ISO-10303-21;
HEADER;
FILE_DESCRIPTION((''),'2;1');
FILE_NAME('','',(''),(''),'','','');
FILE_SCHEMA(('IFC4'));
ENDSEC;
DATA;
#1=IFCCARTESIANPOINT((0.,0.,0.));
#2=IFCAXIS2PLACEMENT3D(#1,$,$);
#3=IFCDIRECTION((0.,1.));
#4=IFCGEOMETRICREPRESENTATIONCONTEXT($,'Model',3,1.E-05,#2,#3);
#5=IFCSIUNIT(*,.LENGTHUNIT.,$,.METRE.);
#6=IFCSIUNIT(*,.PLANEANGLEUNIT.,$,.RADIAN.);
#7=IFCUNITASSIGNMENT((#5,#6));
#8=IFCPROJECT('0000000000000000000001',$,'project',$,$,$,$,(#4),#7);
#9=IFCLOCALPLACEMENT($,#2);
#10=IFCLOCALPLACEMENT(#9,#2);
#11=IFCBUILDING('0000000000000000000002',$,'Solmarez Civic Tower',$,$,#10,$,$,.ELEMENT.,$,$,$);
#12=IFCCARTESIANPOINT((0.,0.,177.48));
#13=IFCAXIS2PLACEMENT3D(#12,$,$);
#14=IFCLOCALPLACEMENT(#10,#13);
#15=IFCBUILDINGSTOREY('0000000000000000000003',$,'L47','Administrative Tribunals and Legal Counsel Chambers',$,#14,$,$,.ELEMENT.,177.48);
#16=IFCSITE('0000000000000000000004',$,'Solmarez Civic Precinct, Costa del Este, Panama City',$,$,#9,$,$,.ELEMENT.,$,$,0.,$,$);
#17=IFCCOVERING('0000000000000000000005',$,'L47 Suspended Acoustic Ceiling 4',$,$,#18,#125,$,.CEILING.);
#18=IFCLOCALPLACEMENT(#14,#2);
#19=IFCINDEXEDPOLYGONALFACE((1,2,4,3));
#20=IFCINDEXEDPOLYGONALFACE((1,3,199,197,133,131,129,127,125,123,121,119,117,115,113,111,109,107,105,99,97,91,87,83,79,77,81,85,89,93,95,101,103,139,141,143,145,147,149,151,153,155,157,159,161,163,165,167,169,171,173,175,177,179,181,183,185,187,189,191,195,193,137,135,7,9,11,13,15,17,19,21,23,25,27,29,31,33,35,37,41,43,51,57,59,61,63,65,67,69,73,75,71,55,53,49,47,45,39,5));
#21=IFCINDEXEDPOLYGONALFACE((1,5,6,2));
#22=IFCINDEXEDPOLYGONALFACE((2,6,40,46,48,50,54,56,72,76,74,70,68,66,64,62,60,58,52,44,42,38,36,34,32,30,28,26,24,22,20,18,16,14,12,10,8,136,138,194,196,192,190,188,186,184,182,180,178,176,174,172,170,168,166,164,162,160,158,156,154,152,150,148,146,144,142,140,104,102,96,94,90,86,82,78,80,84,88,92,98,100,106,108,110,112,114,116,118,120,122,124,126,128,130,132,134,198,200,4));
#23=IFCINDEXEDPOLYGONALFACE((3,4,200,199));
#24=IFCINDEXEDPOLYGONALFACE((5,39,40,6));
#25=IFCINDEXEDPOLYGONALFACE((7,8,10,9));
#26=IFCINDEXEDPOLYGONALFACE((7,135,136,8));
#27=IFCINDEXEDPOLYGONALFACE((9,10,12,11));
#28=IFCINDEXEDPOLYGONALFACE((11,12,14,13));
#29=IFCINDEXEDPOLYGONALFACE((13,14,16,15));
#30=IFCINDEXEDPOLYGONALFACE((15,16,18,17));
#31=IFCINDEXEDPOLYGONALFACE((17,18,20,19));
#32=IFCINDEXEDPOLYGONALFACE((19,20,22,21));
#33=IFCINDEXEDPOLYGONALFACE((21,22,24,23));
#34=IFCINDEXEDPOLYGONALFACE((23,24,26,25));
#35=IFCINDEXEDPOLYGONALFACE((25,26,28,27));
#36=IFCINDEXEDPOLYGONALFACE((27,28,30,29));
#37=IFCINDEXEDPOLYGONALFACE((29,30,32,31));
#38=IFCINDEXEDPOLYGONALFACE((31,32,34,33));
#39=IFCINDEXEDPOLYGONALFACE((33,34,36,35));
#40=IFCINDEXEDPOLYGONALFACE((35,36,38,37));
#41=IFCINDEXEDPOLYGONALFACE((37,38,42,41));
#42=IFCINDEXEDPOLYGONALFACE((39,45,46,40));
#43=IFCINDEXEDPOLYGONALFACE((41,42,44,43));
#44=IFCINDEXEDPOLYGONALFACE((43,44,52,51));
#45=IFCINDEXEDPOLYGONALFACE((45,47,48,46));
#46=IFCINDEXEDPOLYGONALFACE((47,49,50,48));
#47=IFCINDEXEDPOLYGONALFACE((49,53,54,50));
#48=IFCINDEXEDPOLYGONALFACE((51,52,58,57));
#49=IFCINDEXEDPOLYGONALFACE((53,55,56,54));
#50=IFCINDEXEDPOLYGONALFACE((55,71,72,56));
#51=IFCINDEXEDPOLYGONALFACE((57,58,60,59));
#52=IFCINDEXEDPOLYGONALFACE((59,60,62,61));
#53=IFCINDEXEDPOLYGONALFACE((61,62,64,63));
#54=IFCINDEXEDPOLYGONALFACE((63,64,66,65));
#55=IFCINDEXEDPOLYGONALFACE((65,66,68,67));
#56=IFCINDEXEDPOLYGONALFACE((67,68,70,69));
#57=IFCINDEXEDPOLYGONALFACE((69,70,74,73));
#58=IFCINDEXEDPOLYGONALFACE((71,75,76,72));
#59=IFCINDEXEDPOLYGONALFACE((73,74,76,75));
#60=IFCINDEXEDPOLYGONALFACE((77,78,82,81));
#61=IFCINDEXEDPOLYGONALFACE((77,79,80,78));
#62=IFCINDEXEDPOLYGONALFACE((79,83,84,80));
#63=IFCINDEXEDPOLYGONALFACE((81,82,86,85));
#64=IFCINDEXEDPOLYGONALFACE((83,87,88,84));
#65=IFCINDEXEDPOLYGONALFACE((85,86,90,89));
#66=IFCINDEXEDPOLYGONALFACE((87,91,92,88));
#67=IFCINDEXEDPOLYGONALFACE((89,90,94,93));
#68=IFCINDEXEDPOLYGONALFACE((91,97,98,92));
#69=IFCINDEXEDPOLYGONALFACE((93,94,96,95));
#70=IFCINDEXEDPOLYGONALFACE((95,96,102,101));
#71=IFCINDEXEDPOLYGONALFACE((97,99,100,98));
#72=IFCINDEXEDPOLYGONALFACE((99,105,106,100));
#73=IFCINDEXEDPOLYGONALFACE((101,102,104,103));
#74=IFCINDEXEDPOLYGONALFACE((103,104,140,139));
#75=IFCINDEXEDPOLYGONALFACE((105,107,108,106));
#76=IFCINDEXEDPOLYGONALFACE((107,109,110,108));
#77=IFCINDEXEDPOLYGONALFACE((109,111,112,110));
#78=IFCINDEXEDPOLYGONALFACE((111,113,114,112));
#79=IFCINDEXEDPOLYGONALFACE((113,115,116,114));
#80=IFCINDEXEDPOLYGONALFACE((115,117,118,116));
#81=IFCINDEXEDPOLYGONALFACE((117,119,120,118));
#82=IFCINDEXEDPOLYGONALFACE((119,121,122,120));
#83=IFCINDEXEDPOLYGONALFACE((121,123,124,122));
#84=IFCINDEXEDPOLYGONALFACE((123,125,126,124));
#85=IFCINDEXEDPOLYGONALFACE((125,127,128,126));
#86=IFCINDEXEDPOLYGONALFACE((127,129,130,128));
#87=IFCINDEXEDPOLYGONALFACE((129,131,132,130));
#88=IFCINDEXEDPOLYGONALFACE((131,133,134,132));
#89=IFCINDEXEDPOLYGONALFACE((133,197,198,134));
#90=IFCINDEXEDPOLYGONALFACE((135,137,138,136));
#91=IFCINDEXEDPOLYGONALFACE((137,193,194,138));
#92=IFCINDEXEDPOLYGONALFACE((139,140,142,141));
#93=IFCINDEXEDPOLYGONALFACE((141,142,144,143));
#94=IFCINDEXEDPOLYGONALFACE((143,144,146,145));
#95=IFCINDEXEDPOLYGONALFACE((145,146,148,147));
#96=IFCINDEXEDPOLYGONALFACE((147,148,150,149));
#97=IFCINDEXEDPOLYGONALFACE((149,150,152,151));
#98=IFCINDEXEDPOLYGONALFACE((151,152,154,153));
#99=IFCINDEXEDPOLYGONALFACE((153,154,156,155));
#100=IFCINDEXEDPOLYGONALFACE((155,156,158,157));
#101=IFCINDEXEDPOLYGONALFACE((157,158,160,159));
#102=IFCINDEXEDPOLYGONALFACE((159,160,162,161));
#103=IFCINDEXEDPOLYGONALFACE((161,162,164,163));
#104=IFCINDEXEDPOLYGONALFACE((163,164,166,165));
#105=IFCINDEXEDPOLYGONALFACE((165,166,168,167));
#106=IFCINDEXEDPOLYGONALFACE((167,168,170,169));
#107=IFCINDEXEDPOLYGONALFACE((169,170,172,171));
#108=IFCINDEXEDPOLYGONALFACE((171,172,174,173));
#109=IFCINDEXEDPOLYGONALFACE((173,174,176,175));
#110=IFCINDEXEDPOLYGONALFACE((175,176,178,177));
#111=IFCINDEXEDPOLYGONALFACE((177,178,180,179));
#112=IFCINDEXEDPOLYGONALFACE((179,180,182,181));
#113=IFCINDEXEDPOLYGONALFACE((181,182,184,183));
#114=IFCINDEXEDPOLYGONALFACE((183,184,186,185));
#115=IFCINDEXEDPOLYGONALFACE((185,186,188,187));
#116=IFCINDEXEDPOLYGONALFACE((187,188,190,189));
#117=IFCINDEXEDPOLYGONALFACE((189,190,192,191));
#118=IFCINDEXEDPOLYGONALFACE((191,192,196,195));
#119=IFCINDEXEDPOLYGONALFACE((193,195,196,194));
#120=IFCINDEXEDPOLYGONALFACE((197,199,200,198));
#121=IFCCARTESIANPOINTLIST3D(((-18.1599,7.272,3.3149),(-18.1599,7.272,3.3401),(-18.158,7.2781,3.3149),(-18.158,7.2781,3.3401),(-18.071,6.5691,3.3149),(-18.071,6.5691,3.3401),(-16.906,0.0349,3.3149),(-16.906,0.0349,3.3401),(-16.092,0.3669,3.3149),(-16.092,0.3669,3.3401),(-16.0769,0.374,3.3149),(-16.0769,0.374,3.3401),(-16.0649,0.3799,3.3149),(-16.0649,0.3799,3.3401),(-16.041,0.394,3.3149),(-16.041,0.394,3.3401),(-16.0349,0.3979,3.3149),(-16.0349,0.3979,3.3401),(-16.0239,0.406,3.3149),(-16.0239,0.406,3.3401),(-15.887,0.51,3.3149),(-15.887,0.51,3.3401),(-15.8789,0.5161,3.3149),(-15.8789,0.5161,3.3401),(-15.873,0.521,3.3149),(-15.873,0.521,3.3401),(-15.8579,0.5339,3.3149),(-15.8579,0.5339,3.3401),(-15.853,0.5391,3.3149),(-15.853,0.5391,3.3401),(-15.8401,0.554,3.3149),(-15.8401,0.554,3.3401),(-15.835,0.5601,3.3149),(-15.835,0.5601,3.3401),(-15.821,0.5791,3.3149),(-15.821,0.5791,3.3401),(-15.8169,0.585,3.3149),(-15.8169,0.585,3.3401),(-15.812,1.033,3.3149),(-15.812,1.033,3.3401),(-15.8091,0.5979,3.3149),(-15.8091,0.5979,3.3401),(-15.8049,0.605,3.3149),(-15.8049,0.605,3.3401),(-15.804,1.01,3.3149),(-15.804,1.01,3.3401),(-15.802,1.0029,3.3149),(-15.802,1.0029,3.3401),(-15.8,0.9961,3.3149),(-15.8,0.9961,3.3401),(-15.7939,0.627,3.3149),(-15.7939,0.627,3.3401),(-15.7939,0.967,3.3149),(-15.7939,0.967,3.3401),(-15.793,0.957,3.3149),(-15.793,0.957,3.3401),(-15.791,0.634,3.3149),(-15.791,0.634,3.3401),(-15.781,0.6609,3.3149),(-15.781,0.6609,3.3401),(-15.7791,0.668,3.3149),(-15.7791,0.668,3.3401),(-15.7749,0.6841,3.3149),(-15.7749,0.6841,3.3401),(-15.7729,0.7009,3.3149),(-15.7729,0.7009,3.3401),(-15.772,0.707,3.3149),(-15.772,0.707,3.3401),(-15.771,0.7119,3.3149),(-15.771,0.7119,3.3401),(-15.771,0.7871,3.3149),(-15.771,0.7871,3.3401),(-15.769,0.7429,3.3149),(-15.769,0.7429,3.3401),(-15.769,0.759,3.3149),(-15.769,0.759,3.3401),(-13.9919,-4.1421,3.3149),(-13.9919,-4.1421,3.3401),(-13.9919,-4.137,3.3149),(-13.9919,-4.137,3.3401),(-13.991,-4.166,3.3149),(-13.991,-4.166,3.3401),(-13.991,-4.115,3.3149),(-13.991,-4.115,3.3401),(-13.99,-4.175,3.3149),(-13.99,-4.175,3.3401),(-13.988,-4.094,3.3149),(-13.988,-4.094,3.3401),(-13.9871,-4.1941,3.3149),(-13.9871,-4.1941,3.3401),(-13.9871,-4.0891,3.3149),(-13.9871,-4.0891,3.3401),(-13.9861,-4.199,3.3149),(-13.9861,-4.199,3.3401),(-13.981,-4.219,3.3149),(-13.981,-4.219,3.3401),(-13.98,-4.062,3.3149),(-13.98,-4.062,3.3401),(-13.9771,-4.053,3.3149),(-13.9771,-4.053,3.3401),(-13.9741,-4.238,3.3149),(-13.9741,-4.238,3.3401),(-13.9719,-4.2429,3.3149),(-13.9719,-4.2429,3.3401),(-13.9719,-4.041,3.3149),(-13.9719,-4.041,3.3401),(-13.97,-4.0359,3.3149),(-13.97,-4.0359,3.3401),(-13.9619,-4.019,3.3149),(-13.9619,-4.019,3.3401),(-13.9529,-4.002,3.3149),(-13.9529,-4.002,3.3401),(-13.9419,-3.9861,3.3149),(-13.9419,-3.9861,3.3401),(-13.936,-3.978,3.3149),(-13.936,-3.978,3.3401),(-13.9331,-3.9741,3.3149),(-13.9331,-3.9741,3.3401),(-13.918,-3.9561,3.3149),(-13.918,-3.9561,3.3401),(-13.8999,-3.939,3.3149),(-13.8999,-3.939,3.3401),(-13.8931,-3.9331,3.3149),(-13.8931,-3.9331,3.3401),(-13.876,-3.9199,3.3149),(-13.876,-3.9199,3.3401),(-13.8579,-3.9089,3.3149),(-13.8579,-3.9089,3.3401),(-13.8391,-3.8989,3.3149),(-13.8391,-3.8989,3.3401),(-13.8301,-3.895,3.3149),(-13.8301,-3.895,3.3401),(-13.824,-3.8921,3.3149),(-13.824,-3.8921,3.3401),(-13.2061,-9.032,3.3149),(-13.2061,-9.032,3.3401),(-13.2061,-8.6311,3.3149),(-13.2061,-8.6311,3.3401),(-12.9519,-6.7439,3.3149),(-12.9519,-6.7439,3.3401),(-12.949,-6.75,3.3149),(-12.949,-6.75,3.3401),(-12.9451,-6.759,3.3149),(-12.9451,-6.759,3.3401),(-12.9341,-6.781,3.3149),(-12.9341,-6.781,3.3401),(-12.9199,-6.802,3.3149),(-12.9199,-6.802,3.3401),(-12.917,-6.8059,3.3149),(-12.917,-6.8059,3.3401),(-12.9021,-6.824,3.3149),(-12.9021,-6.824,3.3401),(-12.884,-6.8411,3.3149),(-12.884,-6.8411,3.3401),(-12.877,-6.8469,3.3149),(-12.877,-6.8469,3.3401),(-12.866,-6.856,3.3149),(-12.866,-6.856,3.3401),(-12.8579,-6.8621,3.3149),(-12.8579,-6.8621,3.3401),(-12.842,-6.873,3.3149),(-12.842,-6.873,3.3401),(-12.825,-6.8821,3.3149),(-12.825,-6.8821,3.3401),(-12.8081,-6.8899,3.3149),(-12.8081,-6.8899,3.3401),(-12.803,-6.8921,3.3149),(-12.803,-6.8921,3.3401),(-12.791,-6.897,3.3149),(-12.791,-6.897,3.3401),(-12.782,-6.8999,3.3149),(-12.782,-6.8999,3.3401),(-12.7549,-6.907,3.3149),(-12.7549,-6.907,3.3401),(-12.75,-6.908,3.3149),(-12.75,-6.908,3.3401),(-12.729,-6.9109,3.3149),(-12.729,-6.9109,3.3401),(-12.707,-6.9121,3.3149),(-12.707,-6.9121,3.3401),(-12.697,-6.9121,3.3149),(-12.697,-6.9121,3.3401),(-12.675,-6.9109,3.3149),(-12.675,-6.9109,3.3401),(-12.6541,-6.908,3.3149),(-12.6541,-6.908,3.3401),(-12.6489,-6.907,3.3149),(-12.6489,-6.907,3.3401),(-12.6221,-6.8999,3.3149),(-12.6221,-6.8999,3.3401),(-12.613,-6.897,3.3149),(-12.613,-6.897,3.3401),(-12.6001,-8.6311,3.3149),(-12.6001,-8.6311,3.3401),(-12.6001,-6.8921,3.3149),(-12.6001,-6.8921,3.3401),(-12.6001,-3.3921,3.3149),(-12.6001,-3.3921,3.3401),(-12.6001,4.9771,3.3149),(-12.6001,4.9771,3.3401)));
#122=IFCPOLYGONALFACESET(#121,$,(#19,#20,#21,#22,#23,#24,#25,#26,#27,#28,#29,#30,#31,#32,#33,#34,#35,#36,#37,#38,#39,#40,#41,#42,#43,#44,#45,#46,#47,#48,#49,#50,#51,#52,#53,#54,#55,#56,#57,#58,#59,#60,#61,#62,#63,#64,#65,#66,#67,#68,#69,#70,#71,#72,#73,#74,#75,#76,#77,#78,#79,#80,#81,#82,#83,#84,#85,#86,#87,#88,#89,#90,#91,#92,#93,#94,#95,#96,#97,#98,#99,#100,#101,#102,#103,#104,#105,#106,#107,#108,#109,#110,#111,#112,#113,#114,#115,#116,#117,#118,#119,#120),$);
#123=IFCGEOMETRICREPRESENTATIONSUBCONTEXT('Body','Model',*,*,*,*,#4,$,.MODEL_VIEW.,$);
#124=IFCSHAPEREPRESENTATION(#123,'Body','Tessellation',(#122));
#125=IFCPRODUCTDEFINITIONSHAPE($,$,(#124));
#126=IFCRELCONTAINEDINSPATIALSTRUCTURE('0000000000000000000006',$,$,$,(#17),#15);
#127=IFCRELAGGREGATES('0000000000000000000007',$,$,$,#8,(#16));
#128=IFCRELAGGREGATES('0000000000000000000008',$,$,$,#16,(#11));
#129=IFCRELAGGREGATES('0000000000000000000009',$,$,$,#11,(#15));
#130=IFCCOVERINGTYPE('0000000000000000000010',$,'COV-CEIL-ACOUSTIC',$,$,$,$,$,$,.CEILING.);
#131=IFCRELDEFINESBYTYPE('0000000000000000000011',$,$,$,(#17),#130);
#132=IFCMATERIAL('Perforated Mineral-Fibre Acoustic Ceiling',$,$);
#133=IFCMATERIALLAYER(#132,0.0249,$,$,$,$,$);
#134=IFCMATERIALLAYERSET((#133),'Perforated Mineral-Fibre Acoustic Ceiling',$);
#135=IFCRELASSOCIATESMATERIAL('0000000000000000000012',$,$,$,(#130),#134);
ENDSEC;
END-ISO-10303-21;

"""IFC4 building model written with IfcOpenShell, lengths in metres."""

from ifc_helpers import new_model, si_unit, direction, frame, origin, place, context, subcontext, project, spatial, polyline, outline, extrude, material, layer, layer_set, type_object, element, save


model = new_model("IFC4")

# Units and contexts
model_context = context("Model", 3, precision=1e-05, world=origin(), true_north=direction((0.0, 1.0)))
body_context = subcontext(model_context, "Body", "Model", "MODEL_VIEW")
ifc_project = project(units=[si_unit("LENGTHUNIT", "METRE"), si_unit("PLANEANGLEUNIT", "RADIAN")], contexts=[model_context])

# Site, building, storey
site_placement = place(None, origin())
site = spatial("IfcSite", under=ifc_project, at=site_placement, Name="Solmarez Civic Precinct, Costa del Este, Panama City", CompositionType="ELEMENT", RefElevation=0.0)
building_placement = place(site_placement, origin())
building = spatial("IfcBuilding", under=site, at=building_placement, Name="Solmarez Civic Tower", CompositionType="ELEMENT")
storey_placement = place(building_placement, frame((0.0, 0.0, 177.48)))
storey = spatial("IfcBuildingStorey", under=building, at=storey_placement, Name="L47", Description="Administrative Tribunals and Legal Counsel Chambers", CompositionType="ELEMENT", Elevation=177.48)

# Covering
ifc_material_1 = material(Name="Perforated Mineral-Fibre Acoustic Ceiling")
ifc_layer_1 = layer(ifc_material_1, 0.0249)
ifc_layer_set_1 = layer_set([ifc_layer_1], Name="Perforated Mineral-Fibre Acoustic Ceiling")
covering_type_1 = type_object("IfcCoveringType", Name="COV-CEIL-ACOUSTIC", PredefinedType="CEILING", material=ifc_layer_set_1)
covering_1_placement = place(storey_placement, frame((0.0, 0.0, 3.3149)))
element("IfcCovering", 1, at=covering_1_placement, inside=storey, type_object=covering_type_1, Name="L47 Suspended Acoustic Ceiling 4", PredefinedType="CEILING", context=body_context, shape_type="SweptSolid", body=[
    extrude(outline(polyline([(-13.2061, -9.032), (-13.2061, -8.6311), (-12.6001, -8.6311), (-12.6001, -6.8921), (-12.613, -6.897), (-12.6221, -6.8999), (-12.6489, -6.907), (-12.6541, -6.908), (-12.675, -6.9109), (-12.697, -6.9121), (-12.707, -6.9121), (-12.729, -6.9109), (-12.75, -6.908), (-12.7549, -6.907), (-12.782, -6.8999), (-12.791, -6.897), (-12.803, -6.8921), (-12.8081, -6.8899), (-12.825, -6.8821), (-12.842, -6.873), (-12.8579, -6.8621), (-12.866, -6.856), (-12.877, -6.8469), (-12.884, -6.8411), (-12.9021, -6.824), (-12.917, -6.8059), (-12.9199, -6.802), (-12.9341, -6.781), (-12.9451, -6.759), (-12.949, -6.75), (-12.9519, -6.7439), (-13.9719, -4.2429), (-13.9741, -4.238), (-13.981, -4.219), (-13.9861, -4.199), (-13.9871, -4.1941), (-13.99, -4.175), (-13.991, -4.166), (-13.9919, -4.1421), (-13.9919, -4.137), (-13.991, -4.115), (-13.988, -4.094), (-13.9871, -4.0891), (-13.98, -4.062), (-13.9771, -4.053), (-13.9719, -4.041), (-13.97, -4.0359), (-13.9619, -4.019), (-13.9529, -4.002), (-13.9419, -3.9861), (-13.936, -3.978), (-13.9331, -3.9741), (-13.918, -3.9561), (-13.8999, -3.939), (-13.8931, -3.9331), (-13.876, -3.9199), (-13.8579, -3.9089), (-13.8391, -3.8989), (-13.8301, -3.895), (-13.824, -3.8921), (-12.6001, -3.3921), (-12.6001, 4.9771), (-18.158, 7.2781), (-18.1599, 7.272), (-18.071, 6.5691), (-15.812, 1.033), (-15.804, 1.01), (-15.802, 1.0029), (-15.8, 0.9961), (-15.7939, 0.967), (-15.793, 0.957), (-15.771, 0.7871), (-15.769, 0.759), (-15.769, 0.7429), (-15.771, 0.7119), (-15.772, 0.707), (-15.7729, 0.7009), (-15.7749, 0.6841), (-15.7791, 0.668), (-15.781, 0.6609), (-15.791, 0.634), (-15.7939, 0.627), (-15.8049, 0.605), (-15.8091, 0.5979), (-15.8169, 0.585), (-15.821, 0.5791), (-15.835, 0.5601), (-15.8401, 0.554), (-15.853, 0.5391), (-15.8579, 0.5339), (-15.873, 0.521), (-15.8789, 0.5161), (-15.887, 0.51), (-16.0239, 0.406), (-16.0349, 0.3979), (-16.041, 0.394), (-16.0649, 0.3799), (-16.0769, 0.374), (-16.092, 0.3669), (-16.906, 0.0349), (-13.2061, -9.032)])), origin(), (0.0, 0.0, 1.0), 0.0251),
])

save(model, "model.ifc")
